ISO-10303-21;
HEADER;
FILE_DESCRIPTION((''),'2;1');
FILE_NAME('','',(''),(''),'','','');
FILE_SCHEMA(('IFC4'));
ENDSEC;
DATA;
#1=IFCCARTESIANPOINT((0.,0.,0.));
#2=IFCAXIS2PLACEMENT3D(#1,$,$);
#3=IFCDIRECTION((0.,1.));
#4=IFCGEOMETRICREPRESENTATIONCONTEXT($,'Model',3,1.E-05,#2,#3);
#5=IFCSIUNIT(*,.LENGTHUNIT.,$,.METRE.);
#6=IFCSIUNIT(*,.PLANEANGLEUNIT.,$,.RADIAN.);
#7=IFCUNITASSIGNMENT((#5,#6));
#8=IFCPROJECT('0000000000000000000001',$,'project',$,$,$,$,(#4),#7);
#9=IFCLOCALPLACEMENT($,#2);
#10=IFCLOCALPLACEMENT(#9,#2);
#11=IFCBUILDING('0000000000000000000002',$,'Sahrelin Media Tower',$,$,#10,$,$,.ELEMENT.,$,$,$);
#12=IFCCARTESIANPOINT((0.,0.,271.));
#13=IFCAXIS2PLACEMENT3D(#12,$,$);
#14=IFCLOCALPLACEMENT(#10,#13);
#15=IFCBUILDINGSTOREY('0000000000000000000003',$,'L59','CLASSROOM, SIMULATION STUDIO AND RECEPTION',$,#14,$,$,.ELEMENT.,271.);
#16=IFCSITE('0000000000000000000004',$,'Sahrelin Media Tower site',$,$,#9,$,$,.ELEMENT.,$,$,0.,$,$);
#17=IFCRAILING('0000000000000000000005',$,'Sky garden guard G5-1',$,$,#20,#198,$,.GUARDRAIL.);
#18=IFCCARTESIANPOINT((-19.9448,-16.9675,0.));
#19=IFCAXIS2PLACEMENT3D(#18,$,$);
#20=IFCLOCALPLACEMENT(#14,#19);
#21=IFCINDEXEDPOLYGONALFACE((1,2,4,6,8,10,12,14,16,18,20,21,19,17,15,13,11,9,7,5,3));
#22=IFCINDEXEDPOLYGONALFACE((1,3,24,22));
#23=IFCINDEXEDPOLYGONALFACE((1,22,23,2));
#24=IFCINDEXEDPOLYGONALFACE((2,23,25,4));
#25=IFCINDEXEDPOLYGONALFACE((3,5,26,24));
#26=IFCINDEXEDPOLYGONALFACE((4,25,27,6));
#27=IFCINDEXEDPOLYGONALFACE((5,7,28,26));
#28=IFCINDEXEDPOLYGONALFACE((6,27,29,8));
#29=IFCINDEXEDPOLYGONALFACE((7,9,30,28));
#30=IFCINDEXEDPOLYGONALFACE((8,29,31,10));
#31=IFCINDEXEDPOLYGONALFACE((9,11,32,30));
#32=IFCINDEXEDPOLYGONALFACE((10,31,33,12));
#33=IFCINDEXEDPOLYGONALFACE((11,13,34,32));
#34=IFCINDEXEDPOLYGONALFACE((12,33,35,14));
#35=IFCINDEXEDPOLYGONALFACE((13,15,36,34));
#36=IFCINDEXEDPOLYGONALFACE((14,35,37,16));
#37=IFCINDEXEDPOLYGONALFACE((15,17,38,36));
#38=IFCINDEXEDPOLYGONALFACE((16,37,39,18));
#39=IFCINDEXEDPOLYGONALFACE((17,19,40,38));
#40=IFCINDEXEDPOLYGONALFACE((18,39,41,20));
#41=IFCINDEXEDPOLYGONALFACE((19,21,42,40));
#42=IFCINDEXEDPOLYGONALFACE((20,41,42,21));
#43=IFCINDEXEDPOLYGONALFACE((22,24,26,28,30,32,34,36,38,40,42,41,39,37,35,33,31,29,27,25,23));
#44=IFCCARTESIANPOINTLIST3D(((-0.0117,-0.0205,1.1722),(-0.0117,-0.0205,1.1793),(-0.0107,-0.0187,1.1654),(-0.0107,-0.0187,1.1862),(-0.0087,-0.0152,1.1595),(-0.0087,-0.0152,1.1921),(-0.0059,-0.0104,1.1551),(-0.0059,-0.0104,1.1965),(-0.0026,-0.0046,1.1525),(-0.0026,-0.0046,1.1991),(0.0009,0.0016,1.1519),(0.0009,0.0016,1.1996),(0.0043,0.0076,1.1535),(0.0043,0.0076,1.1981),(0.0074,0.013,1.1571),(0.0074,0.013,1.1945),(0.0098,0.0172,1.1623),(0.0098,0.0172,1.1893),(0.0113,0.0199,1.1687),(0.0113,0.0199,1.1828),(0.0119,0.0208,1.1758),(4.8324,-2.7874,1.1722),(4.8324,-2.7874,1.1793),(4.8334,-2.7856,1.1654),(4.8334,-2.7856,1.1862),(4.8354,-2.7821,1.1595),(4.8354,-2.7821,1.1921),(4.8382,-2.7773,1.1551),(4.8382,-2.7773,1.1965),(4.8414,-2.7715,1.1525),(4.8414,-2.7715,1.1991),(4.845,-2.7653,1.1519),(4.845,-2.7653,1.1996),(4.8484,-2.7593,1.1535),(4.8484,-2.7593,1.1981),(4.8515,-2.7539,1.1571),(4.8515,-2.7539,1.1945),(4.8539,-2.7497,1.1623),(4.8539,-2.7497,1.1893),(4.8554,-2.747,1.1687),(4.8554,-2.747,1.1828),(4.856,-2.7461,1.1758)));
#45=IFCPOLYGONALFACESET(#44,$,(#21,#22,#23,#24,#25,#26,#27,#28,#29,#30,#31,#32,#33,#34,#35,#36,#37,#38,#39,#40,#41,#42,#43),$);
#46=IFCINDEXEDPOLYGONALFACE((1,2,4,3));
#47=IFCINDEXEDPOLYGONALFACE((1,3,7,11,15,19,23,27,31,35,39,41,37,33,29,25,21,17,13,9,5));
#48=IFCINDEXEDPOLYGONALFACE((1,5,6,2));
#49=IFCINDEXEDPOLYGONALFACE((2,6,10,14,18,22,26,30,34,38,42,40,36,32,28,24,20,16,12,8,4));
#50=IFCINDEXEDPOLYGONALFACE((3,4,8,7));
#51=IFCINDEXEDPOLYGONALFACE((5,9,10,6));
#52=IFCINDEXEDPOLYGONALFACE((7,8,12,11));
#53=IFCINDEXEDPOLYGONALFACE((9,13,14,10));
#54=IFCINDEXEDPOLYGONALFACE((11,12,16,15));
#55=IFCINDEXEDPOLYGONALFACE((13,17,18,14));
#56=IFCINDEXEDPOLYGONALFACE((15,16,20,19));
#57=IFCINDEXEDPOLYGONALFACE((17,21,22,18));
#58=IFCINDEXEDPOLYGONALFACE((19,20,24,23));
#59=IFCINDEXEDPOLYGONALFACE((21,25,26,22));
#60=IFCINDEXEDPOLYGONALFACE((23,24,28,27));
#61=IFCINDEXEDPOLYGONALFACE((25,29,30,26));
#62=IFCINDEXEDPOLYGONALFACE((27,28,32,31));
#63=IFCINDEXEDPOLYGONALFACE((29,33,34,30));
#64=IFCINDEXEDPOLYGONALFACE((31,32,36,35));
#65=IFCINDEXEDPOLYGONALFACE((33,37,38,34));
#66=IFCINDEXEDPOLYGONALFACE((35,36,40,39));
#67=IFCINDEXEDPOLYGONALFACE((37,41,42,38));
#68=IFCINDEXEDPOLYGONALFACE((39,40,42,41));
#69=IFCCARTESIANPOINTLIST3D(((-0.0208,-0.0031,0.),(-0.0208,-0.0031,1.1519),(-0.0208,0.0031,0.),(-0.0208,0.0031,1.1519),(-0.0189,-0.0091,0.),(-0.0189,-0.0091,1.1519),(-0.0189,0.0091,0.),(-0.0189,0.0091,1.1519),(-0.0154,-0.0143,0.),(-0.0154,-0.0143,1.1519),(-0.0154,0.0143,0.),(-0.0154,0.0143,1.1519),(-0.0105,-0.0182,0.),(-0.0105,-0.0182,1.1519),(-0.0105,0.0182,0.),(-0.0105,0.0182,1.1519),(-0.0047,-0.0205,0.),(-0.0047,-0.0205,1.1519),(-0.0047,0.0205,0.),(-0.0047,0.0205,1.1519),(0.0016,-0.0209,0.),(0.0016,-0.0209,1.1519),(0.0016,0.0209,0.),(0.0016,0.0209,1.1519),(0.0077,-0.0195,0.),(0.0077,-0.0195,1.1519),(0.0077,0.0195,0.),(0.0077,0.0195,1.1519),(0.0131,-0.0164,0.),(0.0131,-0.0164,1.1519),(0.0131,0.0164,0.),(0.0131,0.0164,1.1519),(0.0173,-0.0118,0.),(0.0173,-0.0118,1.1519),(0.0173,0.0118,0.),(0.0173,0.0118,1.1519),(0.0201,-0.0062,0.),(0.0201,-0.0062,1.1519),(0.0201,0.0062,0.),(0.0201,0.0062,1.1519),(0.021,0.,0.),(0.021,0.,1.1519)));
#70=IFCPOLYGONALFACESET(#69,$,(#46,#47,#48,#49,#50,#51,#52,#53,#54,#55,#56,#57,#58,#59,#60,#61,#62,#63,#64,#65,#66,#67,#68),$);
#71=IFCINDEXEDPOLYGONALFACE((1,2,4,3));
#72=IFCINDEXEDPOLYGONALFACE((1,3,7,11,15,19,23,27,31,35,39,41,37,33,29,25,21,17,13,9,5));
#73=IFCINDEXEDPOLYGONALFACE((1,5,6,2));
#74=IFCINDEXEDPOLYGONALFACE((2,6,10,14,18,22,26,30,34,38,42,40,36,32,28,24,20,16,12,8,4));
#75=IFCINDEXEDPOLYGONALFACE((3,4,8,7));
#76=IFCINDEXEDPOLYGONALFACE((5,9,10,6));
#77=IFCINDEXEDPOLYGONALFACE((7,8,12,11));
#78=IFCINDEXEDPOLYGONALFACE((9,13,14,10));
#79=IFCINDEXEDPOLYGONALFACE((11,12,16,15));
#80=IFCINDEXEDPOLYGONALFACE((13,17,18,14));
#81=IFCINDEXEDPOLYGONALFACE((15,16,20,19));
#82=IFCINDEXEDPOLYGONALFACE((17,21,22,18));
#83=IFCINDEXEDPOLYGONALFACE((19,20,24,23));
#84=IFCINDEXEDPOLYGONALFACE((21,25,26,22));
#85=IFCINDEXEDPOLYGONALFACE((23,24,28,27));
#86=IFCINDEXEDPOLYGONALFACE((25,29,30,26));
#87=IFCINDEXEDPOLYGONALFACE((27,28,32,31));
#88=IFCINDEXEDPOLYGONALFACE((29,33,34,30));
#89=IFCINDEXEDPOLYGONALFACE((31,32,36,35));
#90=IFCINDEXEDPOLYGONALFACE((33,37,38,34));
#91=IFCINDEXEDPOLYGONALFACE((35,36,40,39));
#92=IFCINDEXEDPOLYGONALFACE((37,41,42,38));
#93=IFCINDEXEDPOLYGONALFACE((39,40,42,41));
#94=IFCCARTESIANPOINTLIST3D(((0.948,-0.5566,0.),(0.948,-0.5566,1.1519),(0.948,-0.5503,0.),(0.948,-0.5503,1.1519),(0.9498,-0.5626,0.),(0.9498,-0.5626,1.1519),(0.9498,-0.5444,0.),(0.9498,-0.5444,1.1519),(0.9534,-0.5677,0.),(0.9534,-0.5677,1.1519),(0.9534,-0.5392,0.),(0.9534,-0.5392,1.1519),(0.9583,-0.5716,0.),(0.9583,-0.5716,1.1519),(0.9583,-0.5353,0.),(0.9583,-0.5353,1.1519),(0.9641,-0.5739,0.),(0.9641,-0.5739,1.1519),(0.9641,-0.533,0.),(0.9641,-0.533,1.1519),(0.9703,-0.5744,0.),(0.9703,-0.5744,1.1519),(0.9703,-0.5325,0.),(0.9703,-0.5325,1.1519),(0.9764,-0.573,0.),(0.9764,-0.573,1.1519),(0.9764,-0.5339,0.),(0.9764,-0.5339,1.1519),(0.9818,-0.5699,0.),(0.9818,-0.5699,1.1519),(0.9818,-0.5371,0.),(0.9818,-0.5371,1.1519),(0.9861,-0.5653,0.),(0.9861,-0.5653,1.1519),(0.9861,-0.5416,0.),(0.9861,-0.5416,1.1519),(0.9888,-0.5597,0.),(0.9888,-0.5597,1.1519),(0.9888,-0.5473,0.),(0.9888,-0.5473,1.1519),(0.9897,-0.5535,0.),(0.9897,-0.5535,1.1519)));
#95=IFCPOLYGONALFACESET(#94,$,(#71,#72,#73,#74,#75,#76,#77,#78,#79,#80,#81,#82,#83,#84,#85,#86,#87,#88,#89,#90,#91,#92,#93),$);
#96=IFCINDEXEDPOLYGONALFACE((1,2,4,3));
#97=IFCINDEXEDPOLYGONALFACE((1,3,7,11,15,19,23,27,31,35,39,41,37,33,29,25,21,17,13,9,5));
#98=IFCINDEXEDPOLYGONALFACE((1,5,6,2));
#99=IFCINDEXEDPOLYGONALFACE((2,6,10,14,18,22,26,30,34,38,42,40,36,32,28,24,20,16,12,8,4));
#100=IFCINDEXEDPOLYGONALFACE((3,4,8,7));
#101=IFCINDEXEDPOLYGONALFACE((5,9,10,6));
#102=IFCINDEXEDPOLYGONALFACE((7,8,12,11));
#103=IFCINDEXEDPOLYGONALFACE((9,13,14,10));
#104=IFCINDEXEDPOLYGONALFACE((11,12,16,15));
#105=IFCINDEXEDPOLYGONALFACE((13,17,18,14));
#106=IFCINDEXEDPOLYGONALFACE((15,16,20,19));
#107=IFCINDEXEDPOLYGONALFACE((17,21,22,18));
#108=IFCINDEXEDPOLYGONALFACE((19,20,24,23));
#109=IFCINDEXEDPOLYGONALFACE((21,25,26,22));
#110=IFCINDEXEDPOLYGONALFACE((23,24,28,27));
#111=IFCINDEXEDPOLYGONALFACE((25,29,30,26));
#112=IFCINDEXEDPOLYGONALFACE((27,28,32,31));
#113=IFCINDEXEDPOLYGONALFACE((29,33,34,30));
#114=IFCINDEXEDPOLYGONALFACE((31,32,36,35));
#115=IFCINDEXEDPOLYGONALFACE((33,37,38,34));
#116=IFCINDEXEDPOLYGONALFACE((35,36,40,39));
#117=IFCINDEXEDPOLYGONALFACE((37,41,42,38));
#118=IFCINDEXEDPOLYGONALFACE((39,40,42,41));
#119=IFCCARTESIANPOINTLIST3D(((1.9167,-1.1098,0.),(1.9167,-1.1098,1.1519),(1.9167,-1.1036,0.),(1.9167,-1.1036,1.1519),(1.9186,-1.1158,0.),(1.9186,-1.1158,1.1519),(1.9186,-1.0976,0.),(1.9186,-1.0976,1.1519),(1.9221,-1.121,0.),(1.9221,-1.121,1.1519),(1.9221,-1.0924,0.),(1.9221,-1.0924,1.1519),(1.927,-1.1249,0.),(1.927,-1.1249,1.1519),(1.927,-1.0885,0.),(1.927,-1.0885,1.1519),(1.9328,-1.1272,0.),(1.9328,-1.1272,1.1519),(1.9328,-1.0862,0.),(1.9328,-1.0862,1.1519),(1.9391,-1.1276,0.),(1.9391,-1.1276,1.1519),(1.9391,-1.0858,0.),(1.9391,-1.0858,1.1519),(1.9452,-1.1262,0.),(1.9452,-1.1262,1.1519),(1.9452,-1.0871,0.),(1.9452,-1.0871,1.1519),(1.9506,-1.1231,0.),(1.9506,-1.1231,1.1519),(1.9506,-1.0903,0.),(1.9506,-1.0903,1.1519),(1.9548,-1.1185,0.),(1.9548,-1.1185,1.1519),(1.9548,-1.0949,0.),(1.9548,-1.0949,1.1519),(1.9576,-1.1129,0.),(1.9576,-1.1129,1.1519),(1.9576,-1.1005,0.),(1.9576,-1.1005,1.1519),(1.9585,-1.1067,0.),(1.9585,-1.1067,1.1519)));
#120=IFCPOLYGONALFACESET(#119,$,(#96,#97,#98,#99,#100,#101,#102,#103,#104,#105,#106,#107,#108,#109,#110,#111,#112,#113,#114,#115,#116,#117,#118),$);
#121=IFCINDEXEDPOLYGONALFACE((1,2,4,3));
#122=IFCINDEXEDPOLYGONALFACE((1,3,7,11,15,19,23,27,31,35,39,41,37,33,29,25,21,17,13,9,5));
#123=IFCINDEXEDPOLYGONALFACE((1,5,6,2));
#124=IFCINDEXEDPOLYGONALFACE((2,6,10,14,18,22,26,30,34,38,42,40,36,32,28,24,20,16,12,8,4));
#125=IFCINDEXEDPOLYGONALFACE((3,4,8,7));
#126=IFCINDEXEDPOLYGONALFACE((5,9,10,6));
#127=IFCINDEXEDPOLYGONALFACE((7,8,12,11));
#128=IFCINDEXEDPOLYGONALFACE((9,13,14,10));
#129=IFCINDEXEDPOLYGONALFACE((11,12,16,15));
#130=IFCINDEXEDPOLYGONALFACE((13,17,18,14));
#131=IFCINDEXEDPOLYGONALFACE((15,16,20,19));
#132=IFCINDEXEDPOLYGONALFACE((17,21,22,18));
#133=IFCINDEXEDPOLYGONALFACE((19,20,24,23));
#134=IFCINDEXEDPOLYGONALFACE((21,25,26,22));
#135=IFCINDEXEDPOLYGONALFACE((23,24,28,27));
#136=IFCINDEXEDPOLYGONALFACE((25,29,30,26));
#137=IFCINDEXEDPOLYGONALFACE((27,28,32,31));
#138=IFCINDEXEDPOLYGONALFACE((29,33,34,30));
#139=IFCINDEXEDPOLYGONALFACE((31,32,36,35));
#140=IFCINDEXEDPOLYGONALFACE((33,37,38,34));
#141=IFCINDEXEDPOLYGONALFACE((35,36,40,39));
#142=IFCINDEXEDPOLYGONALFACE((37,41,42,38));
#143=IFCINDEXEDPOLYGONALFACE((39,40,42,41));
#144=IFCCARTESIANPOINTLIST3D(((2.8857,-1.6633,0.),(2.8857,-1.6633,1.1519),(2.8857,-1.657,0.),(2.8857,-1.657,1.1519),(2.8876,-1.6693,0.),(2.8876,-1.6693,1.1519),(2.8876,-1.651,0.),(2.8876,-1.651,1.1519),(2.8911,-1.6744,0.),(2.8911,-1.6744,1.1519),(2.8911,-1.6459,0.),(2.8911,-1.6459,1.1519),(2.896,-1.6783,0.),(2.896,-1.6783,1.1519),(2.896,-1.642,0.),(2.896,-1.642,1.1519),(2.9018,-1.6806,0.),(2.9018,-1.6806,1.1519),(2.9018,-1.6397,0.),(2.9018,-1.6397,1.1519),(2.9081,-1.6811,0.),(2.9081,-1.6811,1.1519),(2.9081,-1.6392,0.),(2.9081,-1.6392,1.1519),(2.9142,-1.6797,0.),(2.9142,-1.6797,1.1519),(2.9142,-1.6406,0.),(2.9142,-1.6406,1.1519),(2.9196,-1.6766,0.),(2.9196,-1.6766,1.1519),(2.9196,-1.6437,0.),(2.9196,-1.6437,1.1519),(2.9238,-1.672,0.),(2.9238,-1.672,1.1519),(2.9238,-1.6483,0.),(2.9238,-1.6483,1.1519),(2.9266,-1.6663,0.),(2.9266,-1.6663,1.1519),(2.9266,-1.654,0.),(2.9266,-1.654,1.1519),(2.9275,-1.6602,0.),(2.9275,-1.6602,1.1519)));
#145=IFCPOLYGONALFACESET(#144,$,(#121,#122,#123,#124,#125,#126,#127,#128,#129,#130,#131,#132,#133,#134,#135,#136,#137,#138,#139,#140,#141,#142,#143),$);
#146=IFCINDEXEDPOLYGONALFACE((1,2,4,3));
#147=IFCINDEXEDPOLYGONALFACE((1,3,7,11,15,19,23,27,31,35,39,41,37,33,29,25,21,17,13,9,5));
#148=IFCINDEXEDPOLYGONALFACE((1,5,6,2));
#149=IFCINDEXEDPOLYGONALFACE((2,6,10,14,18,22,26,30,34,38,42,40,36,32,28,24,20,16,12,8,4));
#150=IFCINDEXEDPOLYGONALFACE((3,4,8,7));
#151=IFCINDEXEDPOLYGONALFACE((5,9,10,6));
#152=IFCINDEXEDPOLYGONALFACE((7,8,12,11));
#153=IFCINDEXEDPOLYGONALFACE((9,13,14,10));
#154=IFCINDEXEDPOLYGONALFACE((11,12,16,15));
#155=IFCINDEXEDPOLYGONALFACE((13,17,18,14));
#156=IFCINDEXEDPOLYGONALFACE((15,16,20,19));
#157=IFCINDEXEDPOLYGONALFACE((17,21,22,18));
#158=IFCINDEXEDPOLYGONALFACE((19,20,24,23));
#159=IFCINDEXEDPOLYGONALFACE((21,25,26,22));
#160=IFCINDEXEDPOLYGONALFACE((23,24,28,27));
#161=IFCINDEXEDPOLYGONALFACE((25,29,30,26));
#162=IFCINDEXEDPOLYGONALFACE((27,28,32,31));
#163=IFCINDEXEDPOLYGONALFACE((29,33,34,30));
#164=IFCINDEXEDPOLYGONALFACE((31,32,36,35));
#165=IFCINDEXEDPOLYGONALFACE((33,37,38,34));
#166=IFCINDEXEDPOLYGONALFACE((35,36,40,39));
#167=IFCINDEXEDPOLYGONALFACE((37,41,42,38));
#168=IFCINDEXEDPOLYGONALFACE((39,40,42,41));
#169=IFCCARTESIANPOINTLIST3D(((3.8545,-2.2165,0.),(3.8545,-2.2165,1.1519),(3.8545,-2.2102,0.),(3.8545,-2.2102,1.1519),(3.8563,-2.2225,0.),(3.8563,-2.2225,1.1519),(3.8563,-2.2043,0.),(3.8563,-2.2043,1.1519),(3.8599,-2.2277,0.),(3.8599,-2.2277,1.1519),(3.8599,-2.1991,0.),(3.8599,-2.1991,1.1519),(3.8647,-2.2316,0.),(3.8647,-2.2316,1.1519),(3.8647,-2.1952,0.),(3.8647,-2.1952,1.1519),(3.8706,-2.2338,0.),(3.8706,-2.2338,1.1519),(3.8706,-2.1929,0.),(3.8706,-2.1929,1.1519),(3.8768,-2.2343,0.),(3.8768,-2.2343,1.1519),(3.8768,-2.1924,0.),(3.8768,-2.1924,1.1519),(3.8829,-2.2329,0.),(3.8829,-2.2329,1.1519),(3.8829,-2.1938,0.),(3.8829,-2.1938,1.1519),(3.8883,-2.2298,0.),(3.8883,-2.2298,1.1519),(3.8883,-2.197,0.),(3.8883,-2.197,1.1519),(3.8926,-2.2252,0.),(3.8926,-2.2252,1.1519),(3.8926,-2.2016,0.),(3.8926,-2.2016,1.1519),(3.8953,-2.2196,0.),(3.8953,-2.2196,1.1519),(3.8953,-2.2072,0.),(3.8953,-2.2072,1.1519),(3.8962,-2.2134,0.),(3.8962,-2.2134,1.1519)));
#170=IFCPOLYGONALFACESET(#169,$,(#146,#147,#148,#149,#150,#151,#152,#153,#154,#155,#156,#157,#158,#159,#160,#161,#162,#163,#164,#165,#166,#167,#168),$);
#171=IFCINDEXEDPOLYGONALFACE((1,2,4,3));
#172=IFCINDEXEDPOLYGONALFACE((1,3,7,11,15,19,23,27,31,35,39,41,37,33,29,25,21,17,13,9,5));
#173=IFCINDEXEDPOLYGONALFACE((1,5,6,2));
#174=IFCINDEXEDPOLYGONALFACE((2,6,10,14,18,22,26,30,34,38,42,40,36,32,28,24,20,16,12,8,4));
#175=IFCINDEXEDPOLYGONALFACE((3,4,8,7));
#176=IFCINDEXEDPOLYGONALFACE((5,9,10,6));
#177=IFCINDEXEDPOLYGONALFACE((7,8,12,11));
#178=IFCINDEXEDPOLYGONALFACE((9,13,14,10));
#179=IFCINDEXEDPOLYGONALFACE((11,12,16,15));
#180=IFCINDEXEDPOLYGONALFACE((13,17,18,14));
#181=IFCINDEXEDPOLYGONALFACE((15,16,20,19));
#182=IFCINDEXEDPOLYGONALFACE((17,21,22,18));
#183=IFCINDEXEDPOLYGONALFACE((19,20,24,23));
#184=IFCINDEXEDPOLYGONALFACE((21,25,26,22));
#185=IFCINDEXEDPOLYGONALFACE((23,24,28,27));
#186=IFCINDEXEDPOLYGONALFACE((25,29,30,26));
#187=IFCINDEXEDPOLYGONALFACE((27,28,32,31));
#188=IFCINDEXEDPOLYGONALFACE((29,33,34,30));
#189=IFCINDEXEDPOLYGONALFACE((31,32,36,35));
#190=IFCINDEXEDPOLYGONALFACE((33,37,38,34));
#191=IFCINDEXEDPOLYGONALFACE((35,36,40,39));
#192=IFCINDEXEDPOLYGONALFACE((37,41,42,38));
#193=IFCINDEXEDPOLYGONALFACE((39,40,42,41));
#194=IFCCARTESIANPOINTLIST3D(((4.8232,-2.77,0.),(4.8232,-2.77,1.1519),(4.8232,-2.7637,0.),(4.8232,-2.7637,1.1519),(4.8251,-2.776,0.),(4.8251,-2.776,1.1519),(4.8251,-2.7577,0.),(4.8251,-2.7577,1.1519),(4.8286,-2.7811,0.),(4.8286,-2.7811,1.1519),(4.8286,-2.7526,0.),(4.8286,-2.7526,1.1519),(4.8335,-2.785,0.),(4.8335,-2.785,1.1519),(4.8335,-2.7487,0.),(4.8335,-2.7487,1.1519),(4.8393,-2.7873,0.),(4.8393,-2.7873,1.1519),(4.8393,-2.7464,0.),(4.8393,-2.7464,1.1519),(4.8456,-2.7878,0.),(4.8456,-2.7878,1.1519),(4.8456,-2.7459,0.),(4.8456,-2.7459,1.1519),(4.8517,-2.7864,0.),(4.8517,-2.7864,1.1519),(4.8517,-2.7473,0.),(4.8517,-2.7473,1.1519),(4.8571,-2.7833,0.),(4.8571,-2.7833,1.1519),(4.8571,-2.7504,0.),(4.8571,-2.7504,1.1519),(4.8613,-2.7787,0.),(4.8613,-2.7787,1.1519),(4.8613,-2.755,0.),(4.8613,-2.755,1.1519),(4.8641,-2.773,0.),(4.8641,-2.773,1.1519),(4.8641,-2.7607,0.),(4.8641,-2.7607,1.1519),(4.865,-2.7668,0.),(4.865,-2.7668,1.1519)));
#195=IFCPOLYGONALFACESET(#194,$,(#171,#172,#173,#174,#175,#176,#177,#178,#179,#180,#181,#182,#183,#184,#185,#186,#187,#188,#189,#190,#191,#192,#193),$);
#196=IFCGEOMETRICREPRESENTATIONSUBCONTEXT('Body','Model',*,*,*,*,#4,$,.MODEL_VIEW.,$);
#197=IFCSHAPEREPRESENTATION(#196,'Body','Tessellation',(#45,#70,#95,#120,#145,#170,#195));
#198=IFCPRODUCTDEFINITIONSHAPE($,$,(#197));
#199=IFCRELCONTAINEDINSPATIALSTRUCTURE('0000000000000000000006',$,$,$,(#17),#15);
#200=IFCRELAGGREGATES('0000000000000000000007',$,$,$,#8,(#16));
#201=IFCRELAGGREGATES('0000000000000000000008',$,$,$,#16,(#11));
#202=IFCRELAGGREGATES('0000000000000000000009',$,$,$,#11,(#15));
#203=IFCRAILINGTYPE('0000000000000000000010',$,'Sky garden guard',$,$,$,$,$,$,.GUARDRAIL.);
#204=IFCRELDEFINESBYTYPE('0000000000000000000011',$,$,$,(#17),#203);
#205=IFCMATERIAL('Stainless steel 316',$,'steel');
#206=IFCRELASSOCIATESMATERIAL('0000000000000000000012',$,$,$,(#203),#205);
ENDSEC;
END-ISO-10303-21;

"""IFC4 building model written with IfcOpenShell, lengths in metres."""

from ifc_helpers import new_model, si_unit, direction, frame, origin, origin_2d, place, context, subcontext, project, spatial, circle, extrude, material, type_object, element, save


model = new_model("IFC4")

# Units and contexts
model_context = context("Model", 3, precision=1e-05, world=origin(), true_north=direction((0.0, 1.0)))
body_context = subcontext(model_context, "Body", "Model", "MODEL_VIEW")
ifc_project = project(units=[si_unit("LENGTHUNIT", "METRE"), si_unit("PLANEANGLEUNIT", "RADIAN")], contexts=[model_context])

# Site, building, storey
site_placement = place(None, origin())
site = spatial("IfcSite", under=ifc_project, at=site_placement, Name="Sahrelin Media Tower site", CompositionType="ELEMENT", RefElevation=0.0)
building_placement = place(site_placement, origin())
building = spatial("IfcBuilding", under=site, at=building_placement, Name="Sahrelin Media Tower", CompositionType="ELEMENT")
storey_placement = place(building_placement, frame((0.0, 0.0, 271.0)))
storey = spatial("IfcBuildingStorey", under=building, at=storey_placement, Name="L59", Description="CLASSROOM, SIMULATION STUDIO AND RECEPTION", CompositionType="ELEMENT", Elevation=271.0)

# Railing
ifc_material_1 = material(Name="Stainless steel 316", Category="steel")
railing_type = type_object("IfcRailingType", Name="Sky garden guard", PredefinedType="GUARDRAIL", material=ifc_material_1)
railing_placement = place(storey_placement, frame((-19.9448, -16.9675, 0.0)))
element("IfcRailing", 1, at=railing_placement, inside=storey, type_object=railing_type, Name="Sky garden guard G5-1", PredefinedType="GUARDRAIL", context=body_context, shape_type="SweptSolid", body=[
    extrude(circle(Radius=0.0239, at=origin_2d()), frame((0.0, 0.0, 1.1758), z_axis=(0.868332, -0.495983, 0.0), x_axis=(0.495983, 0.868332, 0.0)), (0.0, 0.0, 1.0), 5.5786),
    extrude(circle(Radius=0.021, at=origin_2d()), origin(), (0.0, 0.0, 1.0), 1.1519),
    extrude(circle(Radius=0.021, at=origin_2d()), frame((0.9688, -0.5535, 0.0)), (0.0, 0.0, 1.0), 1.1519),
    extrude(circle(Radius=0.021, at=origin_2d()), frame((1.9375, -1.1067, 0.0)), (0.0, 0.0, 1.0), 1.1519),
    extrude(circle(Radius=0.021, at=origin_2d()), frame((2.9065, -1.6602, 0.0)), (0.0, 0.0, 1.0), 1.1519),
    extrude(circle(Radius=0.021, at=origin_2d()), frame((3.8752, -2.2134, 0.0)), (0.0, 0.0, 1.0), 1.1519),
    extrude(circle(Radius=0.021, at=origin_2d()), frame((4.844, -2.7668, 0.0)), (0.0, 0.0, 1.0), 1.1519),
])

save(model, "model.ifc")
